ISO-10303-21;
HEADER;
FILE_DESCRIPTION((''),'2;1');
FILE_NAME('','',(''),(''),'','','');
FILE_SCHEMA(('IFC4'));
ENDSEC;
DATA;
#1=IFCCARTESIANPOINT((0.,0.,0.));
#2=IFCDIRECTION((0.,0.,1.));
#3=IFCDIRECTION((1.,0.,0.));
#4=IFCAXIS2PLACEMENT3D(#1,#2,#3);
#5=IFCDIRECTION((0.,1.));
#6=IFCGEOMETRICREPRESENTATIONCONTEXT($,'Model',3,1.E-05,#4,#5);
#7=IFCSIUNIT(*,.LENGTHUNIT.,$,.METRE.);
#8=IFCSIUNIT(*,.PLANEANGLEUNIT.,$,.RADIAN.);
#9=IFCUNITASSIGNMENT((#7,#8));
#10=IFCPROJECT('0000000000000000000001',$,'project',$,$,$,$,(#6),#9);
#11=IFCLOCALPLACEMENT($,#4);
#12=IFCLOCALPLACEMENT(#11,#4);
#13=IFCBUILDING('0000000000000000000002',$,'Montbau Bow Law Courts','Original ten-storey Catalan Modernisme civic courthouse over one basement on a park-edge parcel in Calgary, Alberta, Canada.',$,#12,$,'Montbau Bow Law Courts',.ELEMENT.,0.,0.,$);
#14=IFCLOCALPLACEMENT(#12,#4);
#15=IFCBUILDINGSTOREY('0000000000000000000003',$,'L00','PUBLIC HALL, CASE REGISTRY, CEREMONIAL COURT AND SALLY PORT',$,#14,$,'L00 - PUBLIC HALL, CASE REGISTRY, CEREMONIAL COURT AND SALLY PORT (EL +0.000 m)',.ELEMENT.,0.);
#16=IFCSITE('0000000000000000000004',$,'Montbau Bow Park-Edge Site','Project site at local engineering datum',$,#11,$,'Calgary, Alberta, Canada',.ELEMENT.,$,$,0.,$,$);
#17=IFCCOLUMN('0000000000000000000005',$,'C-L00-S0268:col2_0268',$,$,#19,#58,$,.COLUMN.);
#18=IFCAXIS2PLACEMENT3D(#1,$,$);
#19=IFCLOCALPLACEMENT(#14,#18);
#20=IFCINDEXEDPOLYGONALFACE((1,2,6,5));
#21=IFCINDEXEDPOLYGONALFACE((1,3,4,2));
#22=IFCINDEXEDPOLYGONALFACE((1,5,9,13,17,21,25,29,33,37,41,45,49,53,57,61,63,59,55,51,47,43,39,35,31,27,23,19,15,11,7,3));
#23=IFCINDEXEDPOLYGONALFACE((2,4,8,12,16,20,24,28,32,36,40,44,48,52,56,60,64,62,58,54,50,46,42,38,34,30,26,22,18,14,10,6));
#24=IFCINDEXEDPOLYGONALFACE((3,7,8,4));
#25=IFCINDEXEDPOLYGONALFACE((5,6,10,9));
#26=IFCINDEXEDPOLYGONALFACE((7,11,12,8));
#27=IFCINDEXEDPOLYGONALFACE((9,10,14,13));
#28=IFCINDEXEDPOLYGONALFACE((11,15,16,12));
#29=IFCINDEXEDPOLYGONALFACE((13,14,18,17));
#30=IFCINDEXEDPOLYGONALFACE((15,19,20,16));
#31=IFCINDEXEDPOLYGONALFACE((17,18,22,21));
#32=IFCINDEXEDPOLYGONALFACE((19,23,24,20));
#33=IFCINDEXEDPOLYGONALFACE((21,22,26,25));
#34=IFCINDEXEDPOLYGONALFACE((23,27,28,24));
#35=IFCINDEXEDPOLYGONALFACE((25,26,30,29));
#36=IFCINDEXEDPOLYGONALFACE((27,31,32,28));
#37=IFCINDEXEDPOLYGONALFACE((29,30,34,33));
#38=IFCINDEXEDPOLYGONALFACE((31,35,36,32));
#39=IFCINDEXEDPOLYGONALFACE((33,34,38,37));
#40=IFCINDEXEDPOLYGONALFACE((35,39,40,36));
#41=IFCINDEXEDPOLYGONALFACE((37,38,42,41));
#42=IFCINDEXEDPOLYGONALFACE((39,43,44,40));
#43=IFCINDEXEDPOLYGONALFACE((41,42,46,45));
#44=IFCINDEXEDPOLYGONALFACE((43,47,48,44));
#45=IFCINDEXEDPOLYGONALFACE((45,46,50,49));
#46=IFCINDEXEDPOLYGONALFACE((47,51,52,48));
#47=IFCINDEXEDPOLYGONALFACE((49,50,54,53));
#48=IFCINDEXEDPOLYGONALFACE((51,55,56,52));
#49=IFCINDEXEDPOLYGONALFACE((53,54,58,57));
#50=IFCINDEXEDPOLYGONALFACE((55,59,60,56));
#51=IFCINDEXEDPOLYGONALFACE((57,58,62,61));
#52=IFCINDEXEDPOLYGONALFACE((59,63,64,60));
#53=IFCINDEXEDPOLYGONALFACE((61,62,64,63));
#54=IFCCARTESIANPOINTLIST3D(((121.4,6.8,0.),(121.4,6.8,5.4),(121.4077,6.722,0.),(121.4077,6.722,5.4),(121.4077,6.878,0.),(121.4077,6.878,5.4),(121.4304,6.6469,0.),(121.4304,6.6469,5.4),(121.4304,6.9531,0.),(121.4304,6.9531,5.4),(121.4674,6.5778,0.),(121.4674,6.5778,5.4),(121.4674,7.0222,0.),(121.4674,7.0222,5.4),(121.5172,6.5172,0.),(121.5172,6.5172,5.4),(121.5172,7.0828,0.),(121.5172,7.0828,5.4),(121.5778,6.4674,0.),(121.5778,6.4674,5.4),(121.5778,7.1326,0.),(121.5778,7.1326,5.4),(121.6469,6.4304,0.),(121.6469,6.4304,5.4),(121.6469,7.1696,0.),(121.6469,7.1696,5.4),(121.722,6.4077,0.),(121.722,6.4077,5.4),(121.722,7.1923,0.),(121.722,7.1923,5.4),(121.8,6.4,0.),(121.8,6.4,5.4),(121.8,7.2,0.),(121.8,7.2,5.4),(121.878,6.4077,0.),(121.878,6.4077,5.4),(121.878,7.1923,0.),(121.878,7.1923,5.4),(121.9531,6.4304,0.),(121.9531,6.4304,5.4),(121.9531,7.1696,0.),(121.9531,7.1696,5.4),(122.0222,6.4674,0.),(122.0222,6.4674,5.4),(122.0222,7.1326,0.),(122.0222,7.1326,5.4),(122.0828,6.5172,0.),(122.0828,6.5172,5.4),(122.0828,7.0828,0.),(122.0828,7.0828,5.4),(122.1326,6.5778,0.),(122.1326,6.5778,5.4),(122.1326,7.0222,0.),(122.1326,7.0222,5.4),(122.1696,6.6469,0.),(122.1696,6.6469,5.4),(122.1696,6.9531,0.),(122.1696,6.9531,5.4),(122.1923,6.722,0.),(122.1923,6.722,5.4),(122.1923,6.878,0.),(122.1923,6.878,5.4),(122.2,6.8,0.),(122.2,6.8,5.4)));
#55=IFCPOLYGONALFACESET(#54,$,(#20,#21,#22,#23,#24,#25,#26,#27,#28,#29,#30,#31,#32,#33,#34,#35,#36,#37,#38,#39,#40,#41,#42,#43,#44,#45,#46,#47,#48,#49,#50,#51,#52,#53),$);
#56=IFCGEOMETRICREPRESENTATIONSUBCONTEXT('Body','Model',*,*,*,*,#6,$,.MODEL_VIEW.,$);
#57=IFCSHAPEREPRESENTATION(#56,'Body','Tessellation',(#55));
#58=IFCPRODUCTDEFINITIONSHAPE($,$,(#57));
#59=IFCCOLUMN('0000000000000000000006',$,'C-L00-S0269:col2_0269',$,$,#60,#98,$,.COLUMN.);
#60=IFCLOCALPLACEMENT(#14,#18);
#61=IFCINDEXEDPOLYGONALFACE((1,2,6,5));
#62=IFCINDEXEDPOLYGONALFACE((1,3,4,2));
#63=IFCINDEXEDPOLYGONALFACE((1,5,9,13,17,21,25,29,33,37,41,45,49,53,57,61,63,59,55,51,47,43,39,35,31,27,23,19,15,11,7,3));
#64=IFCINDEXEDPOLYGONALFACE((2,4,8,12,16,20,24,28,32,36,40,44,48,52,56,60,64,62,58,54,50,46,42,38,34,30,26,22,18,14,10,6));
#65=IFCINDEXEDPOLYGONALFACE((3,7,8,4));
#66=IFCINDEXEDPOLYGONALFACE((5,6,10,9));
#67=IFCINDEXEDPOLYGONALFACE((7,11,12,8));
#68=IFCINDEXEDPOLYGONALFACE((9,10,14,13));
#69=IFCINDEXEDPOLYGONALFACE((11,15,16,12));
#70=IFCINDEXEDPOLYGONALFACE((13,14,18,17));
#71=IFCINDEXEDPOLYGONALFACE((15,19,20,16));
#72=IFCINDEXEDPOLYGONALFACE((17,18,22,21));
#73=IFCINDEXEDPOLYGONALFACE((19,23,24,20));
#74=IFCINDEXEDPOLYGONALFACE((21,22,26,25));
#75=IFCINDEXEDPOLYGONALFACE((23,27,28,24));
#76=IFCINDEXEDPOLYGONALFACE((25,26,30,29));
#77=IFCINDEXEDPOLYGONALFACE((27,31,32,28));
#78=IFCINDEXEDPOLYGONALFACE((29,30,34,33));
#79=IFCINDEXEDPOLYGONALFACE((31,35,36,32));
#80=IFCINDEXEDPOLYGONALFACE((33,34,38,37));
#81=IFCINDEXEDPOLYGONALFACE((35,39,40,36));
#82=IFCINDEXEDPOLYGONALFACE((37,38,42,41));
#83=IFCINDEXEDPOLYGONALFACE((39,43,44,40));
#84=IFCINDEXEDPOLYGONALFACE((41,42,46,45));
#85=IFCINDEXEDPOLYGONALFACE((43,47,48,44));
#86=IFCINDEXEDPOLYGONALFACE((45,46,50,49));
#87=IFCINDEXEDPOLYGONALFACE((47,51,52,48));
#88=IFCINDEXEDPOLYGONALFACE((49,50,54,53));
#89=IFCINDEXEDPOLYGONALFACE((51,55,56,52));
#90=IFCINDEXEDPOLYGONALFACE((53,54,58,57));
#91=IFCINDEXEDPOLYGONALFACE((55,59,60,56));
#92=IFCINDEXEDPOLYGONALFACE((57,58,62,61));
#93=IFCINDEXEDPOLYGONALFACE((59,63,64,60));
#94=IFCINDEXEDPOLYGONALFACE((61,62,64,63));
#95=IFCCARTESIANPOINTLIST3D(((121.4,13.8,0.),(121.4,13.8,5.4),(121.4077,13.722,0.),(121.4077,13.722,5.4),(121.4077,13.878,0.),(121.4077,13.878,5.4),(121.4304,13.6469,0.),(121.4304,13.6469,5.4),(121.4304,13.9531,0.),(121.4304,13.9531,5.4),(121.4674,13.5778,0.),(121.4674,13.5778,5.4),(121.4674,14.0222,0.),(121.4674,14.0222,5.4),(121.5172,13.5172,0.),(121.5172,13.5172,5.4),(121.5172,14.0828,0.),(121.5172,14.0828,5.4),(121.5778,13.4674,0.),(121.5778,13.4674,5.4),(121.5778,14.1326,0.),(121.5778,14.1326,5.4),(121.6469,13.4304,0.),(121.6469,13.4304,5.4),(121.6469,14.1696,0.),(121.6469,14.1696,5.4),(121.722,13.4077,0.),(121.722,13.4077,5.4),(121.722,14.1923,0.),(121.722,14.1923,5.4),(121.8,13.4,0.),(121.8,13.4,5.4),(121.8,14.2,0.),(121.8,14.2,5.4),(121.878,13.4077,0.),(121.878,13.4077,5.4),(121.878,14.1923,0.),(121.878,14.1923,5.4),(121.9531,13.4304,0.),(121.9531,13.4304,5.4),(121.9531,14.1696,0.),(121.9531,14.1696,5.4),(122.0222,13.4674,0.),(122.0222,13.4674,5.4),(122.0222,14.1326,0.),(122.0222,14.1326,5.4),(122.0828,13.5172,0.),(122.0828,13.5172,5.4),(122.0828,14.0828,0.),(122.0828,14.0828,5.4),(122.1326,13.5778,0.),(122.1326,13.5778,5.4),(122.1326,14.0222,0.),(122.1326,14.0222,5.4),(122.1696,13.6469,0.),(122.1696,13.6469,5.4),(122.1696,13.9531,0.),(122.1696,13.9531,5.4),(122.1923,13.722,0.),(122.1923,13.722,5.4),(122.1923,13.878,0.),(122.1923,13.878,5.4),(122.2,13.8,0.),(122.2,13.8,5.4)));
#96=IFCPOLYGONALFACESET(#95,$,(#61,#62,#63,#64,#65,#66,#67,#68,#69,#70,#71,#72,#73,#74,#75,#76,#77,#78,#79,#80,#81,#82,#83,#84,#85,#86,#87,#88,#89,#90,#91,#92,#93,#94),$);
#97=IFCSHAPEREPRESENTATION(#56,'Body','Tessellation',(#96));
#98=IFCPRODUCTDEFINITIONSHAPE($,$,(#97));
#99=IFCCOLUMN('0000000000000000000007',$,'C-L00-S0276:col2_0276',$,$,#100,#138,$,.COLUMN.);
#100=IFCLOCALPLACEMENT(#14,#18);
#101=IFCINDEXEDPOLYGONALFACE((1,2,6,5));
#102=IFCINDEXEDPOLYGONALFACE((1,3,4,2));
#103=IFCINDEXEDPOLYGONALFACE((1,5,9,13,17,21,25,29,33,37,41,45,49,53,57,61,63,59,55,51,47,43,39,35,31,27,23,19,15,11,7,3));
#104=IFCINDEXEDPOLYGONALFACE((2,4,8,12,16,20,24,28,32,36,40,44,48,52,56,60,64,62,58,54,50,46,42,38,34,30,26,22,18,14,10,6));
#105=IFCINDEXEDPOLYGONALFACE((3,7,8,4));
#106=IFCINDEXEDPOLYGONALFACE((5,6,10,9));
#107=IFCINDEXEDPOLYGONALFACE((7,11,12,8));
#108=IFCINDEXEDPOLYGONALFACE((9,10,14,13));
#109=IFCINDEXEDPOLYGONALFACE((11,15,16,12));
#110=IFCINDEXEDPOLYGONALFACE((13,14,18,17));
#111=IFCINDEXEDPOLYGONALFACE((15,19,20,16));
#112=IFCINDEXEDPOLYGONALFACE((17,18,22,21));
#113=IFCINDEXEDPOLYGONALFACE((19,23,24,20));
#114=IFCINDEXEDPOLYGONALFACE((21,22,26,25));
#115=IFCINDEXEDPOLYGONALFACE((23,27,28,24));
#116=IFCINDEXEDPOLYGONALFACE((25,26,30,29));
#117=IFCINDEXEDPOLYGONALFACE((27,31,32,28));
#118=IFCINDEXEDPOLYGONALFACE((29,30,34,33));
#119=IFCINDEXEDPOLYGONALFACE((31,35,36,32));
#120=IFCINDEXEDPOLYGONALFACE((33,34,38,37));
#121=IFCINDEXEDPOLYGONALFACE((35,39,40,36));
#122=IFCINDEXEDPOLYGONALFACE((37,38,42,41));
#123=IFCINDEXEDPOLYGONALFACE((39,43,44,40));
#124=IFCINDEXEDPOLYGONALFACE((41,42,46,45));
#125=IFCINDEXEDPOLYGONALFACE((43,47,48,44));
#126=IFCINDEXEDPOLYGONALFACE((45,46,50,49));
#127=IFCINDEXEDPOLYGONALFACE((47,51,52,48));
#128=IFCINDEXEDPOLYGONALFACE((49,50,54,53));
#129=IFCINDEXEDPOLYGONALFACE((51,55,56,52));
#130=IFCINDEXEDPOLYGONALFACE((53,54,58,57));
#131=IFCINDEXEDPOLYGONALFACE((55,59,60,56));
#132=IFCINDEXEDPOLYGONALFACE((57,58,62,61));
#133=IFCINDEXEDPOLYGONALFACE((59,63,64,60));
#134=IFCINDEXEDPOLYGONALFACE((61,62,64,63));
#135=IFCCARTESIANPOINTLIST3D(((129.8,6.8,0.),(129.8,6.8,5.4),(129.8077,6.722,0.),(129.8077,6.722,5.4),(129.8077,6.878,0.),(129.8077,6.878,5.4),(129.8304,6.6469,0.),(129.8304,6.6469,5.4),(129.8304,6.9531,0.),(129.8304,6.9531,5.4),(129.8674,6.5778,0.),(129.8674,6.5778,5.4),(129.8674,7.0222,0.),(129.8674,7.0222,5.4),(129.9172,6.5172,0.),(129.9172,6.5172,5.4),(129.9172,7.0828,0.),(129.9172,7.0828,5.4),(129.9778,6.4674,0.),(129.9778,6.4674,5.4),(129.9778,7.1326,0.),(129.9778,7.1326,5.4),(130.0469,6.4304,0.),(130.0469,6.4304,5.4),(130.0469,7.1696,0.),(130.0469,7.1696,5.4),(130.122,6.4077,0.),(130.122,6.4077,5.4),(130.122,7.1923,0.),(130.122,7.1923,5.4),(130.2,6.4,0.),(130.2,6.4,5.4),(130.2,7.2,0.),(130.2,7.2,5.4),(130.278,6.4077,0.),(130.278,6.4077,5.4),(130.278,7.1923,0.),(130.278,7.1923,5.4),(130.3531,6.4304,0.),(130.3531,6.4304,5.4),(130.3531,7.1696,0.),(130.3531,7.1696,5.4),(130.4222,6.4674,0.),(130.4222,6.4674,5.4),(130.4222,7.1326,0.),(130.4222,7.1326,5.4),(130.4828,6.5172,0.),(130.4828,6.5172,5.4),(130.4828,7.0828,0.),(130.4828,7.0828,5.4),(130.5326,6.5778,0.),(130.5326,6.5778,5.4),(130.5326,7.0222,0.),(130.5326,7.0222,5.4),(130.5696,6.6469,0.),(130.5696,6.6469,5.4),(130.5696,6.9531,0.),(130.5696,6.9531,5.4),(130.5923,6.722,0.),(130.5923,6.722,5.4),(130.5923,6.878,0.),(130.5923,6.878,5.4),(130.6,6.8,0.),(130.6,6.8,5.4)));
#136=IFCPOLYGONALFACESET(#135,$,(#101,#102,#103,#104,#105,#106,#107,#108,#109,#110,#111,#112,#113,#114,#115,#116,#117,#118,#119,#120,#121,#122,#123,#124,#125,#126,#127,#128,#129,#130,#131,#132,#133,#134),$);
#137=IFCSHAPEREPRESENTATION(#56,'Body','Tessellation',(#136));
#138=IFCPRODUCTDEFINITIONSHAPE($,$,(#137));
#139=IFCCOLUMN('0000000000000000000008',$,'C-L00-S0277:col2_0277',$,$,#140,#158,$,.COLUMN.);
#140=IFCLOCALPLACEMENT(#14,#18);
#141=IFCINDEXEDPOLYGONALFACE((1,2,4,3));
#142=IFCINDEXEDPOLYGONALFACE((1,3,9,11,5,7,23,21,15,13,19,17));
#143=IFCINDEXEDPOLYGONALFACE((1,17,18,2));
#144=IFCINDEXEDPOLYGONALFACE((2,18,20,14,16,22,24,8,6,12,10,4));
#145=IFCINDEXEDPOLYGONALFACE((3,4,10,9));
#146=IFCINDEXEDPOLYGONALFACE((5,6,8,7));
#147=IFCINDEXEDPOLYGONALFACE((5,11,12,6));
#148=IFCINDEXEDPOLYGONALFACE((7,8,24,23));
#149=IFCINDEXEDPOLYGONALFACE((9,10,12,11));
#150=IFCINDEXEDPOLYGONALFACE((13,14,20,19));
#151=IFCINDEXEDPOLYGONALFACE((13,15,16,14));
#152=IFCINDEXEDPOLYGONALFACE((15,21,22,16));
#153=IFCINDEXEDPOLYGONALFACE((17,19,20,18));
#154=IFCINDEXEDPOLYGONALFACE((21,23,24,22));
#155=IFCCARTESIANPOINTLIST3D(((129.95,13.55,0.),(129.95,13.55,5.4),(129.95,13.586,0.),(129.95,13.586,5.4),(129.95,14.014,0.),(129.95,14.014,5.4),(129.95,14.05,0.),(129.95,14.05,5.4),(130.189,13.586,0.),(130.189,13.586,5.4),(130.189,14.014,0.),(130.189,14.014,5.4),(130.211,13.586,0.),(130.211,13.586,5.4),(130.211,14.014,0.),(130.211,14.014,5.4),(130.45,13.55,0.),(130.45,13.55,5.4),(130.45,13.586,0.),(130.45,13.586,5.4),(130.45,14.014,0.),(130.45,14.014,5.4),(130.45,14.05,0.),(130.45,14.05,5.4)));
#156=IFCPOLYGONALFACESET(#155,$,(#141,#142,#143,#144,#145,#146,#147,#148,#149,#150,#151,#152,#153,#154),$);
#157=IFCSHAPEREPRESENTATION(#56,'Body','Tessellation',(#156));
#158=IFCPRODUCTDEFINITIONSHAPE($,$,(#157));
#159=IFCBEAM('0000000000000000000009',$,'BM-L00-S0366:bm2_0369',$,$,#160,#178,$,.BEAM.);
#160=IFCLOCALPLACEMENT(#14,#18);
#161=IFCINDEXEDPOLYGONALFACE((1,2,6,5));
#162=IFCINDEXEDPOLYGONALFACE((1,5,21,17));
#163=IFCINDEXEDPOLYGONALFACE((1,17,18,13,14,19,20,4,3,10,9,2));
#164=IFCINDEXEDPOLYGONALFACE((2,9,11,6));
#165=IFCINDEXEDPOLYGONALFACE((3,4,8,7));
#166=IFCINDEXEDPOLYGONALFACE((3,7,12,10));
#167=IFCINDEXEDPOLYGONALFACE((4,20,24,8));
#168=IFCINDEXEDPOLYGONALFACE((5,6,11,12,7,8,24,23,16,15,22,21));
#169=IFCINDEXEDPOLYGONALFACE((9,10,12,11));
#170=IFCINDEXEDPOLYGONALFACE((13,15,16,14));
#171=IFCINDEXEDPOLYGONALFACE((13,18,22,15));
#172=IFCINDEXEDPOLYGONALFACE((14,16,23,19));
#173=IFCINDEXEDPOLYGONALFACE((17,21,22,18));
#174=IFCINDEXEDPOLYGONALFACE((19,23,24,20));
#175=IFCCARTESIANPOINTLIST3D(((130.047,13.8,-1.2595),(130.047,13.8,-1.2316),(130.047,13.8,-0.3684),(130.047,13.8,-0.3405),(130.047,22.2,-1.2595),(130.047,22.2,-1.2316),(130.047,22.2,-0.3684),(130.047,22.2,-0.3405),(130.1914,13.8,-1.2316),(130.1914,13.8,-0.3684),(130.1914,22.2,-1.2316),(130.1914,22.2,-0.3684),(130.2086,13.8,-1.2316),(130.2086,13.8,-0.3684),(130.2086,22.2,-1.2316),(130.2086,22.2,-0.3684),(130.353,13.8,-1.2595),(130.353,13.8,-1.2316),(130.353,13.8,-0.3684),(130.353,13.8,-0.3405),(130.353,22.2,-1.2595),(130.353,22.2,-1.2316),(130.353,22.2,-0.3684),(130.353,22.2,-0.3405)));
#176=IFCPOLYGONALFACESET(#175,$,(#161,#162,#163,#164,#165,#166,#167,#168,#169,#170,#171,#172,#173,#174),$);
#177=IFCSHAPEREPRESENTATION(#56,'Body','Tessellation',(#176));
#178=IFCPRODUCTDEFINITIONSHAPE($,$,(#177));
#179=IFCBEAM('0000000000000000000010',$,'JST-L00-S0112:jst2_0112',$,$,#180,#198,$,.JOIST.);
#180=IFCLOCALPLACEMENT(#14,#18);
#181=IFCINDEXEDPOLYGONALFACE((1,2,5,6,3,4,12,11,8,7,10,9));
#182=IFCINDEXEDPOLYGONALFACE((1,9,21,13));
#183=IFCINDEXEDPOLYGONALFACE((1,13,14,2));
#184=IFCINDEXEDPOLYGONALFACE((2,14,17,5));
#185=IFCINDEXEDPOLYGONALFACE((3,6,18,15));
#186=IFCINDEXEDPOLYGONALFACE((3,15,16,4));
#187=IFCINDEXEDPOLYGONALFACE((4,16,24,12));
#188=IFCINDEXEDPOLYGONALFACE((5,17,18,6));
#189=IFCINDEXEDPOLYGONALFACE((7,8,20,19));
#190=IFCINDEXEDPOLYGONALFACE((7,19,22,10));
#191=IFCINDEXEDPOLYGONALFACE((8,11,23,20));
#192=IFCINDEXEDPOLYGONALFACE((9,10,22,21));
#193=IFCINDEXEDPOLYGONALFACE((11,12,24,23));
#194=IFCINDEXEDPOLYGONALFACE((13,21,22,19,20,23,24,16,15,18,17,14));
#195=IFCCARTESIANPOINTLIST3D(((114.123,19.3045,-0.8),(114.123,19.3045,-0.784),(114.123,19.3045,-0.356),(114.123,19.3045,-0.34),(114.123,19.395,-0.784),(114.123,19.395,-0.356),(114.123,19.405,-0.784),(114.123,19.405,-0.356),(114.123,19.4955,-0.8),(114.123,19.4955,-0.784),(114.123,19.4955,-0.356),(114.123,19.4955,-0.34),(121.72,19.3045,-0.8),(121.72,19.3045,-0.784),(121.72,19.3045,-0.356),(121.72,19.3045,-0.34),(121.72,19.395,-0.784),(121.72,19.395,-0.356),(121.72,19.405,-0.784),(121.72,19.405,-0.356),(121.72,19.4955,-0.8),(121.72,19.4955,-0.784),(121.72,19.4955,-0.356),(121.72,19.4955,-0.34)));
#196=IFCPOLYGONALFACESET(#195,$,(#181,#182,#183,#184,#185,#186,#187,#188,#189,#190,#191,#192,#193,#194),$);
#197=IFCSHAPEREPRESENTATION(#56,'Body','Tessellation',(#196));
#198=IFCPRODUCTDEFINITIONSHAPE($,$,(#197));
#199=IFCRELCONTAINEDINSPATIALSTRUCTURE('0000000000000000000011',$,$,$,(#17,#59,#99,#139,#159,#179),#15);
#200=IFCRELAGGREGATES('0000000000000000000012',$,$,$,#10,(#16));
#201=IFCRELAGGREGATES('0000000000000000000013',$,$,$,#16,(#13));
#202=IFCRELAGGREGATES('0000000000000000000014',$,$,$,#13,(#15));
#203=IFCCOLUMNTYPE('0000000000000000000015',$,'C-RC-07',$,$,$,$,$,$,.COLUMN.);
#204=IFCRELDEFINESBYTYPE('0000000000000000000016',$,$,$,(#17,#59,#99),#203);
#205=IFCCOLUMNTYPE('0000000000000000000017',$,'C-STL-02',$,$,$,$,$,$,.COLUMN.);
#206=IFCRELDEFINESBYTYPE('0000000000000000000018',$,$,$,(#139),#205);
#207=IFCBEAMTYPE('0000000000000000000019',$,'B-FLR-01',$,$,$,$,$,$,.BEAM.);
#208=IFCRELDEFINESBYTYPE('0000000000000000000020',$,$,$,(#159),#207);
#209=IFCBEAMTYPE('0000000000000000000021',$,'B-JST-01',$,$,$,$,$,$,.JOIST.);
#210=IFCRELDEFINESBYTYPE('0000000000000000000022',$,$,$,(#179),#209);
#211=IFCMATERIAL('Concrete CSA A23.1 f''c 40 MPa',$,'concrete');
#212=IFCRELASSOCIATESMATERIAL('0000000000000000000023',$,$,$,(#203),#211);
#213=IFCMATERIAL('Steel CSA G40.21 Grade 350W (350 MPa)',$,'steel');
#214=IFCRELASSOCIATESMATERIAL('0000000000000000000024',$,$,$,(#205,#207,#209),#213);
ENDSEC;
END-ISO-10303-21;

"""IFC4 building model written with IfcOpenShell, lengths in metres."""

from ifc_helpers import new_model, si_unit, direction, frame, origin_with_axes, origin_2d_with_axis, place, context, subcontext, project, spatial, circle, i_section, extrude, material, material_profile, profile_set, type_object, element, save


model = new_model("IFC4")

# Units and contexts
model_context = context("Model", 3, precision=1e-05, world=origin_with_axes(), true_north=direction((0.0, 1.0)))
body_context = subcontext(model_context, "Body", "Model", "MODEL_VIEW")
ifc_project = project(units=[si_unit("LENGTHUNIT", "METRE"), si_unit("PLANEANGLEUNIT", "RADIAN")], contexts=[model_context])

# Site, building, storey
site_placement = place(None, origin_with_axes())
site = spatial("IfcSite", under=ifc_project, at=site_placement, Name="Montbau Bow Park-Edge Site", Description="Project site at local engineering datum", LongName="Calgary, Alberta, Canada", CompositionType="ELEMENT", RefElevation=0.0)
building_placement = place(site_placement, origin_with_axes())
building = spatial("IfcBuilding", under=site, at=building_placement, Name="Montbau Bow Law Courts", Description="Original ten-storey Catalan Modernisme civic courthouse over one basement on a park-edge parcel in Calgary, Alberta, Canada.", LongName="Montbau Bow Law Courts", CompositionType="ELEMENT", ElevationOfRefHeight=0.0, ElevationOfTerrain=0.0)
storey_placement = place(building_placement, origin_with_axes())
storey = spatial("IfcBuildingStorey", under=building, at=storey_placement, Name="L00", Description="PUBLIC HALL, CASE REGISTRY, CEREMONIAL COURT AND SALLY PORT", LongName="L00 - PUBLIC HALL, CASE REGISTRY, CEREMONIAL COURT AND SALLY PORT (EL +0.000 m)", CompositionType="ELEMENT", Elevation=0.0)

# Columns
ifc_material_1 = material(Name="Concrete CSA A23.1 f'c 40 MPa", Category="concrete")
ifc_material_profile_1 = material_profile(ifc_material_1, circle(Radius=0.4, at=origin_2d_with_axis()), Name="RC800D", Category="Main", Priority=0)
ifc_profile_set_1 = profile_set([ifc_material_profile_1], Name="Concrete CSA A23.1 f'c 40 MPa")
column_type_1 = type_object("IfcColumnType", Name="C-RC-07", PredefinedType="COLUMN", material=ifc_profile_set_1)
for number, where, z_axis, x_axis, name in (
    (1, (121.8, 6.8, 0.0), (0.0, 0.0, 1.0), (1.0, 0.0, 0.0), "C-L00-S0268:col2_0268"),
    (2, (121.8, 13.8, 0.0), (0.0, 0.0, 1.0), (1.0, 0.0, 0.0), "C-L00-S0269:col2_0269"),
    (3, (130.2, 6.8, 0.0), (0.0, 0.0, 1.0), (1.0, 0.0, 0.0), "C-L00-S0276:col2_0276"),
):
    element("IfcColumn", number, at=place(None, frame(where, z_axis=z_axis, x_axis=x_axis)), inside=storey, type_object=column_type_1, Name=name, PredefinedType="COLUMN", context=body_context, shape_type="SweptSolid", body=[
        extrude(circle(Radius=0.4, at=origin_2d_with_axis()), origin_with_axes(), (0.0, 0.0, 1.0), 5.4),
    ])
ifc_material_2 = material(Name="Steel CSA G40.21 Grade 350W (350 MPa)", Category="steel")
ifc_material_profile_2 = material_profile(ifc_material_2, i_section(OverallWidth=0.5, OverallDepth=0.5, WebThickness=0.022, FlangeThickness=0.036, at=origin_2d_with_axis()), Name="WWF500X343", Category="Main", Priority=0)
ifc_profile_set_2 = profile_set([ifc_material_profile_2], Name="Steel CSA G40.21 Grade 350W (350 MPa)")
column_type_2 = type_object("IfcColumnType", Name="C-STL-02", PredefinedType="COLUMN", material=ifc_profile_set_2)
column_placement = place(None, frame((130.2, 13.8, 0.0), z_axis=(0.0, 0.0, 1.0), x_axis=(1.0, 0.0, 0.0)))
element("IfcColumn", 4, at=column_placement, inside=storey, type_object=column_type_2, Name="C-L00-S0277:col2_0277", PredefinedType="COLUMN", context=body_context, shape_type="SweptSolid", body=[
    extrude(i_section(OverallWidth=0.5, OverallDepth=0.5, WebThickness=0.022, FlangeThickness=0.036, at=origin_2d_with_axis()), origin_with_axes(), (0.0, 0.0, 1.0), 5.4),
])

# Beams
ifc_material_profile_3 = material_profile(ifc_material_2, i_section(OverallWidth=0.306, OverallDepth=0.919, WebThickness=0.0173, FlangeThickness=0.0279, at=origin_2d_with_axis()), Name="W920X253", Category="Main", Priority=0)
ifc_profile_set_3 = profile_set([ifc_material_profile_3], Name="Steel CSA G40.21 Grade 350W (350 MPa)")
beam_type_1 = type_object("IfcBeamType", Name="B-FLR-01", PredefinedType="BEAM", material=ifc_profile_set_3)
beam_1_placement = place(None, frame((130.2, 13.8, -0.8), z_axis=(0.0, 1.0, 0.0), x_axis=(-1.0, 0.0, 0.0)))
element("IfcBeam", 5, at=beam_1_placement, inside=storey, type_object=beam_type_1, Name="BM-L00-S0366:bm2_0369", PredefinedType="BEAM", context=body_context, shape_type="SweptSolid", body=[
    extrude(i_section(OverallWidth=0.306, OverallDepth=0.919, WebThickness=0.0173, FlangeThickness=0.0279, at=origin_2d_with_axis()), origin_with_axes(), (0.0, 0.0, 1.0), 8.4),
])
ifc_material_profile_4 = material_profile(ifc_material_2, i_section(OverallWidth=0.191, OverallDepth=0.46, WebThickness=0.0099, FlangeThickness=0.016, at=origin_2d_with_axis()), Name="W460X82", Category="Main", Priority=0)
ifc_profile_set_4 = profile_set([ifc_material_profile_4], Name="Steel CSA G40.21 Grade 350W (350 MPa)")
beam_type_2 = type_object("IfcBeamType", Name="B-JST-01", PredefinedType="JOIST", material=ifc_profile_set_4)
beam_2_placement = place(None, frame((114.123, 19.4, -0.57), z_axis=(1.0, 0.0, 0.0), x_axis=(0.0, 1.0, 0.0)))
element("IfcBeam", 6, at=beam_2_placement, inside=storey, type_object=beam_type_2, Name="JST-L00-S0112:jst2_0112", PredefinedType="JOIST", context=body_context, shape_type="SweptSolid", body=[
    extrude(i_section(OverallWidth=0.191, OverallDepth=0.46, WebThickness=0.0099, FlangeThickness=0.016, at=origin_2d_with_axis()), origin_with_axes(), (0.0, 0.0, 1.0), 7.597),
])

save(model, "model.ifc")
